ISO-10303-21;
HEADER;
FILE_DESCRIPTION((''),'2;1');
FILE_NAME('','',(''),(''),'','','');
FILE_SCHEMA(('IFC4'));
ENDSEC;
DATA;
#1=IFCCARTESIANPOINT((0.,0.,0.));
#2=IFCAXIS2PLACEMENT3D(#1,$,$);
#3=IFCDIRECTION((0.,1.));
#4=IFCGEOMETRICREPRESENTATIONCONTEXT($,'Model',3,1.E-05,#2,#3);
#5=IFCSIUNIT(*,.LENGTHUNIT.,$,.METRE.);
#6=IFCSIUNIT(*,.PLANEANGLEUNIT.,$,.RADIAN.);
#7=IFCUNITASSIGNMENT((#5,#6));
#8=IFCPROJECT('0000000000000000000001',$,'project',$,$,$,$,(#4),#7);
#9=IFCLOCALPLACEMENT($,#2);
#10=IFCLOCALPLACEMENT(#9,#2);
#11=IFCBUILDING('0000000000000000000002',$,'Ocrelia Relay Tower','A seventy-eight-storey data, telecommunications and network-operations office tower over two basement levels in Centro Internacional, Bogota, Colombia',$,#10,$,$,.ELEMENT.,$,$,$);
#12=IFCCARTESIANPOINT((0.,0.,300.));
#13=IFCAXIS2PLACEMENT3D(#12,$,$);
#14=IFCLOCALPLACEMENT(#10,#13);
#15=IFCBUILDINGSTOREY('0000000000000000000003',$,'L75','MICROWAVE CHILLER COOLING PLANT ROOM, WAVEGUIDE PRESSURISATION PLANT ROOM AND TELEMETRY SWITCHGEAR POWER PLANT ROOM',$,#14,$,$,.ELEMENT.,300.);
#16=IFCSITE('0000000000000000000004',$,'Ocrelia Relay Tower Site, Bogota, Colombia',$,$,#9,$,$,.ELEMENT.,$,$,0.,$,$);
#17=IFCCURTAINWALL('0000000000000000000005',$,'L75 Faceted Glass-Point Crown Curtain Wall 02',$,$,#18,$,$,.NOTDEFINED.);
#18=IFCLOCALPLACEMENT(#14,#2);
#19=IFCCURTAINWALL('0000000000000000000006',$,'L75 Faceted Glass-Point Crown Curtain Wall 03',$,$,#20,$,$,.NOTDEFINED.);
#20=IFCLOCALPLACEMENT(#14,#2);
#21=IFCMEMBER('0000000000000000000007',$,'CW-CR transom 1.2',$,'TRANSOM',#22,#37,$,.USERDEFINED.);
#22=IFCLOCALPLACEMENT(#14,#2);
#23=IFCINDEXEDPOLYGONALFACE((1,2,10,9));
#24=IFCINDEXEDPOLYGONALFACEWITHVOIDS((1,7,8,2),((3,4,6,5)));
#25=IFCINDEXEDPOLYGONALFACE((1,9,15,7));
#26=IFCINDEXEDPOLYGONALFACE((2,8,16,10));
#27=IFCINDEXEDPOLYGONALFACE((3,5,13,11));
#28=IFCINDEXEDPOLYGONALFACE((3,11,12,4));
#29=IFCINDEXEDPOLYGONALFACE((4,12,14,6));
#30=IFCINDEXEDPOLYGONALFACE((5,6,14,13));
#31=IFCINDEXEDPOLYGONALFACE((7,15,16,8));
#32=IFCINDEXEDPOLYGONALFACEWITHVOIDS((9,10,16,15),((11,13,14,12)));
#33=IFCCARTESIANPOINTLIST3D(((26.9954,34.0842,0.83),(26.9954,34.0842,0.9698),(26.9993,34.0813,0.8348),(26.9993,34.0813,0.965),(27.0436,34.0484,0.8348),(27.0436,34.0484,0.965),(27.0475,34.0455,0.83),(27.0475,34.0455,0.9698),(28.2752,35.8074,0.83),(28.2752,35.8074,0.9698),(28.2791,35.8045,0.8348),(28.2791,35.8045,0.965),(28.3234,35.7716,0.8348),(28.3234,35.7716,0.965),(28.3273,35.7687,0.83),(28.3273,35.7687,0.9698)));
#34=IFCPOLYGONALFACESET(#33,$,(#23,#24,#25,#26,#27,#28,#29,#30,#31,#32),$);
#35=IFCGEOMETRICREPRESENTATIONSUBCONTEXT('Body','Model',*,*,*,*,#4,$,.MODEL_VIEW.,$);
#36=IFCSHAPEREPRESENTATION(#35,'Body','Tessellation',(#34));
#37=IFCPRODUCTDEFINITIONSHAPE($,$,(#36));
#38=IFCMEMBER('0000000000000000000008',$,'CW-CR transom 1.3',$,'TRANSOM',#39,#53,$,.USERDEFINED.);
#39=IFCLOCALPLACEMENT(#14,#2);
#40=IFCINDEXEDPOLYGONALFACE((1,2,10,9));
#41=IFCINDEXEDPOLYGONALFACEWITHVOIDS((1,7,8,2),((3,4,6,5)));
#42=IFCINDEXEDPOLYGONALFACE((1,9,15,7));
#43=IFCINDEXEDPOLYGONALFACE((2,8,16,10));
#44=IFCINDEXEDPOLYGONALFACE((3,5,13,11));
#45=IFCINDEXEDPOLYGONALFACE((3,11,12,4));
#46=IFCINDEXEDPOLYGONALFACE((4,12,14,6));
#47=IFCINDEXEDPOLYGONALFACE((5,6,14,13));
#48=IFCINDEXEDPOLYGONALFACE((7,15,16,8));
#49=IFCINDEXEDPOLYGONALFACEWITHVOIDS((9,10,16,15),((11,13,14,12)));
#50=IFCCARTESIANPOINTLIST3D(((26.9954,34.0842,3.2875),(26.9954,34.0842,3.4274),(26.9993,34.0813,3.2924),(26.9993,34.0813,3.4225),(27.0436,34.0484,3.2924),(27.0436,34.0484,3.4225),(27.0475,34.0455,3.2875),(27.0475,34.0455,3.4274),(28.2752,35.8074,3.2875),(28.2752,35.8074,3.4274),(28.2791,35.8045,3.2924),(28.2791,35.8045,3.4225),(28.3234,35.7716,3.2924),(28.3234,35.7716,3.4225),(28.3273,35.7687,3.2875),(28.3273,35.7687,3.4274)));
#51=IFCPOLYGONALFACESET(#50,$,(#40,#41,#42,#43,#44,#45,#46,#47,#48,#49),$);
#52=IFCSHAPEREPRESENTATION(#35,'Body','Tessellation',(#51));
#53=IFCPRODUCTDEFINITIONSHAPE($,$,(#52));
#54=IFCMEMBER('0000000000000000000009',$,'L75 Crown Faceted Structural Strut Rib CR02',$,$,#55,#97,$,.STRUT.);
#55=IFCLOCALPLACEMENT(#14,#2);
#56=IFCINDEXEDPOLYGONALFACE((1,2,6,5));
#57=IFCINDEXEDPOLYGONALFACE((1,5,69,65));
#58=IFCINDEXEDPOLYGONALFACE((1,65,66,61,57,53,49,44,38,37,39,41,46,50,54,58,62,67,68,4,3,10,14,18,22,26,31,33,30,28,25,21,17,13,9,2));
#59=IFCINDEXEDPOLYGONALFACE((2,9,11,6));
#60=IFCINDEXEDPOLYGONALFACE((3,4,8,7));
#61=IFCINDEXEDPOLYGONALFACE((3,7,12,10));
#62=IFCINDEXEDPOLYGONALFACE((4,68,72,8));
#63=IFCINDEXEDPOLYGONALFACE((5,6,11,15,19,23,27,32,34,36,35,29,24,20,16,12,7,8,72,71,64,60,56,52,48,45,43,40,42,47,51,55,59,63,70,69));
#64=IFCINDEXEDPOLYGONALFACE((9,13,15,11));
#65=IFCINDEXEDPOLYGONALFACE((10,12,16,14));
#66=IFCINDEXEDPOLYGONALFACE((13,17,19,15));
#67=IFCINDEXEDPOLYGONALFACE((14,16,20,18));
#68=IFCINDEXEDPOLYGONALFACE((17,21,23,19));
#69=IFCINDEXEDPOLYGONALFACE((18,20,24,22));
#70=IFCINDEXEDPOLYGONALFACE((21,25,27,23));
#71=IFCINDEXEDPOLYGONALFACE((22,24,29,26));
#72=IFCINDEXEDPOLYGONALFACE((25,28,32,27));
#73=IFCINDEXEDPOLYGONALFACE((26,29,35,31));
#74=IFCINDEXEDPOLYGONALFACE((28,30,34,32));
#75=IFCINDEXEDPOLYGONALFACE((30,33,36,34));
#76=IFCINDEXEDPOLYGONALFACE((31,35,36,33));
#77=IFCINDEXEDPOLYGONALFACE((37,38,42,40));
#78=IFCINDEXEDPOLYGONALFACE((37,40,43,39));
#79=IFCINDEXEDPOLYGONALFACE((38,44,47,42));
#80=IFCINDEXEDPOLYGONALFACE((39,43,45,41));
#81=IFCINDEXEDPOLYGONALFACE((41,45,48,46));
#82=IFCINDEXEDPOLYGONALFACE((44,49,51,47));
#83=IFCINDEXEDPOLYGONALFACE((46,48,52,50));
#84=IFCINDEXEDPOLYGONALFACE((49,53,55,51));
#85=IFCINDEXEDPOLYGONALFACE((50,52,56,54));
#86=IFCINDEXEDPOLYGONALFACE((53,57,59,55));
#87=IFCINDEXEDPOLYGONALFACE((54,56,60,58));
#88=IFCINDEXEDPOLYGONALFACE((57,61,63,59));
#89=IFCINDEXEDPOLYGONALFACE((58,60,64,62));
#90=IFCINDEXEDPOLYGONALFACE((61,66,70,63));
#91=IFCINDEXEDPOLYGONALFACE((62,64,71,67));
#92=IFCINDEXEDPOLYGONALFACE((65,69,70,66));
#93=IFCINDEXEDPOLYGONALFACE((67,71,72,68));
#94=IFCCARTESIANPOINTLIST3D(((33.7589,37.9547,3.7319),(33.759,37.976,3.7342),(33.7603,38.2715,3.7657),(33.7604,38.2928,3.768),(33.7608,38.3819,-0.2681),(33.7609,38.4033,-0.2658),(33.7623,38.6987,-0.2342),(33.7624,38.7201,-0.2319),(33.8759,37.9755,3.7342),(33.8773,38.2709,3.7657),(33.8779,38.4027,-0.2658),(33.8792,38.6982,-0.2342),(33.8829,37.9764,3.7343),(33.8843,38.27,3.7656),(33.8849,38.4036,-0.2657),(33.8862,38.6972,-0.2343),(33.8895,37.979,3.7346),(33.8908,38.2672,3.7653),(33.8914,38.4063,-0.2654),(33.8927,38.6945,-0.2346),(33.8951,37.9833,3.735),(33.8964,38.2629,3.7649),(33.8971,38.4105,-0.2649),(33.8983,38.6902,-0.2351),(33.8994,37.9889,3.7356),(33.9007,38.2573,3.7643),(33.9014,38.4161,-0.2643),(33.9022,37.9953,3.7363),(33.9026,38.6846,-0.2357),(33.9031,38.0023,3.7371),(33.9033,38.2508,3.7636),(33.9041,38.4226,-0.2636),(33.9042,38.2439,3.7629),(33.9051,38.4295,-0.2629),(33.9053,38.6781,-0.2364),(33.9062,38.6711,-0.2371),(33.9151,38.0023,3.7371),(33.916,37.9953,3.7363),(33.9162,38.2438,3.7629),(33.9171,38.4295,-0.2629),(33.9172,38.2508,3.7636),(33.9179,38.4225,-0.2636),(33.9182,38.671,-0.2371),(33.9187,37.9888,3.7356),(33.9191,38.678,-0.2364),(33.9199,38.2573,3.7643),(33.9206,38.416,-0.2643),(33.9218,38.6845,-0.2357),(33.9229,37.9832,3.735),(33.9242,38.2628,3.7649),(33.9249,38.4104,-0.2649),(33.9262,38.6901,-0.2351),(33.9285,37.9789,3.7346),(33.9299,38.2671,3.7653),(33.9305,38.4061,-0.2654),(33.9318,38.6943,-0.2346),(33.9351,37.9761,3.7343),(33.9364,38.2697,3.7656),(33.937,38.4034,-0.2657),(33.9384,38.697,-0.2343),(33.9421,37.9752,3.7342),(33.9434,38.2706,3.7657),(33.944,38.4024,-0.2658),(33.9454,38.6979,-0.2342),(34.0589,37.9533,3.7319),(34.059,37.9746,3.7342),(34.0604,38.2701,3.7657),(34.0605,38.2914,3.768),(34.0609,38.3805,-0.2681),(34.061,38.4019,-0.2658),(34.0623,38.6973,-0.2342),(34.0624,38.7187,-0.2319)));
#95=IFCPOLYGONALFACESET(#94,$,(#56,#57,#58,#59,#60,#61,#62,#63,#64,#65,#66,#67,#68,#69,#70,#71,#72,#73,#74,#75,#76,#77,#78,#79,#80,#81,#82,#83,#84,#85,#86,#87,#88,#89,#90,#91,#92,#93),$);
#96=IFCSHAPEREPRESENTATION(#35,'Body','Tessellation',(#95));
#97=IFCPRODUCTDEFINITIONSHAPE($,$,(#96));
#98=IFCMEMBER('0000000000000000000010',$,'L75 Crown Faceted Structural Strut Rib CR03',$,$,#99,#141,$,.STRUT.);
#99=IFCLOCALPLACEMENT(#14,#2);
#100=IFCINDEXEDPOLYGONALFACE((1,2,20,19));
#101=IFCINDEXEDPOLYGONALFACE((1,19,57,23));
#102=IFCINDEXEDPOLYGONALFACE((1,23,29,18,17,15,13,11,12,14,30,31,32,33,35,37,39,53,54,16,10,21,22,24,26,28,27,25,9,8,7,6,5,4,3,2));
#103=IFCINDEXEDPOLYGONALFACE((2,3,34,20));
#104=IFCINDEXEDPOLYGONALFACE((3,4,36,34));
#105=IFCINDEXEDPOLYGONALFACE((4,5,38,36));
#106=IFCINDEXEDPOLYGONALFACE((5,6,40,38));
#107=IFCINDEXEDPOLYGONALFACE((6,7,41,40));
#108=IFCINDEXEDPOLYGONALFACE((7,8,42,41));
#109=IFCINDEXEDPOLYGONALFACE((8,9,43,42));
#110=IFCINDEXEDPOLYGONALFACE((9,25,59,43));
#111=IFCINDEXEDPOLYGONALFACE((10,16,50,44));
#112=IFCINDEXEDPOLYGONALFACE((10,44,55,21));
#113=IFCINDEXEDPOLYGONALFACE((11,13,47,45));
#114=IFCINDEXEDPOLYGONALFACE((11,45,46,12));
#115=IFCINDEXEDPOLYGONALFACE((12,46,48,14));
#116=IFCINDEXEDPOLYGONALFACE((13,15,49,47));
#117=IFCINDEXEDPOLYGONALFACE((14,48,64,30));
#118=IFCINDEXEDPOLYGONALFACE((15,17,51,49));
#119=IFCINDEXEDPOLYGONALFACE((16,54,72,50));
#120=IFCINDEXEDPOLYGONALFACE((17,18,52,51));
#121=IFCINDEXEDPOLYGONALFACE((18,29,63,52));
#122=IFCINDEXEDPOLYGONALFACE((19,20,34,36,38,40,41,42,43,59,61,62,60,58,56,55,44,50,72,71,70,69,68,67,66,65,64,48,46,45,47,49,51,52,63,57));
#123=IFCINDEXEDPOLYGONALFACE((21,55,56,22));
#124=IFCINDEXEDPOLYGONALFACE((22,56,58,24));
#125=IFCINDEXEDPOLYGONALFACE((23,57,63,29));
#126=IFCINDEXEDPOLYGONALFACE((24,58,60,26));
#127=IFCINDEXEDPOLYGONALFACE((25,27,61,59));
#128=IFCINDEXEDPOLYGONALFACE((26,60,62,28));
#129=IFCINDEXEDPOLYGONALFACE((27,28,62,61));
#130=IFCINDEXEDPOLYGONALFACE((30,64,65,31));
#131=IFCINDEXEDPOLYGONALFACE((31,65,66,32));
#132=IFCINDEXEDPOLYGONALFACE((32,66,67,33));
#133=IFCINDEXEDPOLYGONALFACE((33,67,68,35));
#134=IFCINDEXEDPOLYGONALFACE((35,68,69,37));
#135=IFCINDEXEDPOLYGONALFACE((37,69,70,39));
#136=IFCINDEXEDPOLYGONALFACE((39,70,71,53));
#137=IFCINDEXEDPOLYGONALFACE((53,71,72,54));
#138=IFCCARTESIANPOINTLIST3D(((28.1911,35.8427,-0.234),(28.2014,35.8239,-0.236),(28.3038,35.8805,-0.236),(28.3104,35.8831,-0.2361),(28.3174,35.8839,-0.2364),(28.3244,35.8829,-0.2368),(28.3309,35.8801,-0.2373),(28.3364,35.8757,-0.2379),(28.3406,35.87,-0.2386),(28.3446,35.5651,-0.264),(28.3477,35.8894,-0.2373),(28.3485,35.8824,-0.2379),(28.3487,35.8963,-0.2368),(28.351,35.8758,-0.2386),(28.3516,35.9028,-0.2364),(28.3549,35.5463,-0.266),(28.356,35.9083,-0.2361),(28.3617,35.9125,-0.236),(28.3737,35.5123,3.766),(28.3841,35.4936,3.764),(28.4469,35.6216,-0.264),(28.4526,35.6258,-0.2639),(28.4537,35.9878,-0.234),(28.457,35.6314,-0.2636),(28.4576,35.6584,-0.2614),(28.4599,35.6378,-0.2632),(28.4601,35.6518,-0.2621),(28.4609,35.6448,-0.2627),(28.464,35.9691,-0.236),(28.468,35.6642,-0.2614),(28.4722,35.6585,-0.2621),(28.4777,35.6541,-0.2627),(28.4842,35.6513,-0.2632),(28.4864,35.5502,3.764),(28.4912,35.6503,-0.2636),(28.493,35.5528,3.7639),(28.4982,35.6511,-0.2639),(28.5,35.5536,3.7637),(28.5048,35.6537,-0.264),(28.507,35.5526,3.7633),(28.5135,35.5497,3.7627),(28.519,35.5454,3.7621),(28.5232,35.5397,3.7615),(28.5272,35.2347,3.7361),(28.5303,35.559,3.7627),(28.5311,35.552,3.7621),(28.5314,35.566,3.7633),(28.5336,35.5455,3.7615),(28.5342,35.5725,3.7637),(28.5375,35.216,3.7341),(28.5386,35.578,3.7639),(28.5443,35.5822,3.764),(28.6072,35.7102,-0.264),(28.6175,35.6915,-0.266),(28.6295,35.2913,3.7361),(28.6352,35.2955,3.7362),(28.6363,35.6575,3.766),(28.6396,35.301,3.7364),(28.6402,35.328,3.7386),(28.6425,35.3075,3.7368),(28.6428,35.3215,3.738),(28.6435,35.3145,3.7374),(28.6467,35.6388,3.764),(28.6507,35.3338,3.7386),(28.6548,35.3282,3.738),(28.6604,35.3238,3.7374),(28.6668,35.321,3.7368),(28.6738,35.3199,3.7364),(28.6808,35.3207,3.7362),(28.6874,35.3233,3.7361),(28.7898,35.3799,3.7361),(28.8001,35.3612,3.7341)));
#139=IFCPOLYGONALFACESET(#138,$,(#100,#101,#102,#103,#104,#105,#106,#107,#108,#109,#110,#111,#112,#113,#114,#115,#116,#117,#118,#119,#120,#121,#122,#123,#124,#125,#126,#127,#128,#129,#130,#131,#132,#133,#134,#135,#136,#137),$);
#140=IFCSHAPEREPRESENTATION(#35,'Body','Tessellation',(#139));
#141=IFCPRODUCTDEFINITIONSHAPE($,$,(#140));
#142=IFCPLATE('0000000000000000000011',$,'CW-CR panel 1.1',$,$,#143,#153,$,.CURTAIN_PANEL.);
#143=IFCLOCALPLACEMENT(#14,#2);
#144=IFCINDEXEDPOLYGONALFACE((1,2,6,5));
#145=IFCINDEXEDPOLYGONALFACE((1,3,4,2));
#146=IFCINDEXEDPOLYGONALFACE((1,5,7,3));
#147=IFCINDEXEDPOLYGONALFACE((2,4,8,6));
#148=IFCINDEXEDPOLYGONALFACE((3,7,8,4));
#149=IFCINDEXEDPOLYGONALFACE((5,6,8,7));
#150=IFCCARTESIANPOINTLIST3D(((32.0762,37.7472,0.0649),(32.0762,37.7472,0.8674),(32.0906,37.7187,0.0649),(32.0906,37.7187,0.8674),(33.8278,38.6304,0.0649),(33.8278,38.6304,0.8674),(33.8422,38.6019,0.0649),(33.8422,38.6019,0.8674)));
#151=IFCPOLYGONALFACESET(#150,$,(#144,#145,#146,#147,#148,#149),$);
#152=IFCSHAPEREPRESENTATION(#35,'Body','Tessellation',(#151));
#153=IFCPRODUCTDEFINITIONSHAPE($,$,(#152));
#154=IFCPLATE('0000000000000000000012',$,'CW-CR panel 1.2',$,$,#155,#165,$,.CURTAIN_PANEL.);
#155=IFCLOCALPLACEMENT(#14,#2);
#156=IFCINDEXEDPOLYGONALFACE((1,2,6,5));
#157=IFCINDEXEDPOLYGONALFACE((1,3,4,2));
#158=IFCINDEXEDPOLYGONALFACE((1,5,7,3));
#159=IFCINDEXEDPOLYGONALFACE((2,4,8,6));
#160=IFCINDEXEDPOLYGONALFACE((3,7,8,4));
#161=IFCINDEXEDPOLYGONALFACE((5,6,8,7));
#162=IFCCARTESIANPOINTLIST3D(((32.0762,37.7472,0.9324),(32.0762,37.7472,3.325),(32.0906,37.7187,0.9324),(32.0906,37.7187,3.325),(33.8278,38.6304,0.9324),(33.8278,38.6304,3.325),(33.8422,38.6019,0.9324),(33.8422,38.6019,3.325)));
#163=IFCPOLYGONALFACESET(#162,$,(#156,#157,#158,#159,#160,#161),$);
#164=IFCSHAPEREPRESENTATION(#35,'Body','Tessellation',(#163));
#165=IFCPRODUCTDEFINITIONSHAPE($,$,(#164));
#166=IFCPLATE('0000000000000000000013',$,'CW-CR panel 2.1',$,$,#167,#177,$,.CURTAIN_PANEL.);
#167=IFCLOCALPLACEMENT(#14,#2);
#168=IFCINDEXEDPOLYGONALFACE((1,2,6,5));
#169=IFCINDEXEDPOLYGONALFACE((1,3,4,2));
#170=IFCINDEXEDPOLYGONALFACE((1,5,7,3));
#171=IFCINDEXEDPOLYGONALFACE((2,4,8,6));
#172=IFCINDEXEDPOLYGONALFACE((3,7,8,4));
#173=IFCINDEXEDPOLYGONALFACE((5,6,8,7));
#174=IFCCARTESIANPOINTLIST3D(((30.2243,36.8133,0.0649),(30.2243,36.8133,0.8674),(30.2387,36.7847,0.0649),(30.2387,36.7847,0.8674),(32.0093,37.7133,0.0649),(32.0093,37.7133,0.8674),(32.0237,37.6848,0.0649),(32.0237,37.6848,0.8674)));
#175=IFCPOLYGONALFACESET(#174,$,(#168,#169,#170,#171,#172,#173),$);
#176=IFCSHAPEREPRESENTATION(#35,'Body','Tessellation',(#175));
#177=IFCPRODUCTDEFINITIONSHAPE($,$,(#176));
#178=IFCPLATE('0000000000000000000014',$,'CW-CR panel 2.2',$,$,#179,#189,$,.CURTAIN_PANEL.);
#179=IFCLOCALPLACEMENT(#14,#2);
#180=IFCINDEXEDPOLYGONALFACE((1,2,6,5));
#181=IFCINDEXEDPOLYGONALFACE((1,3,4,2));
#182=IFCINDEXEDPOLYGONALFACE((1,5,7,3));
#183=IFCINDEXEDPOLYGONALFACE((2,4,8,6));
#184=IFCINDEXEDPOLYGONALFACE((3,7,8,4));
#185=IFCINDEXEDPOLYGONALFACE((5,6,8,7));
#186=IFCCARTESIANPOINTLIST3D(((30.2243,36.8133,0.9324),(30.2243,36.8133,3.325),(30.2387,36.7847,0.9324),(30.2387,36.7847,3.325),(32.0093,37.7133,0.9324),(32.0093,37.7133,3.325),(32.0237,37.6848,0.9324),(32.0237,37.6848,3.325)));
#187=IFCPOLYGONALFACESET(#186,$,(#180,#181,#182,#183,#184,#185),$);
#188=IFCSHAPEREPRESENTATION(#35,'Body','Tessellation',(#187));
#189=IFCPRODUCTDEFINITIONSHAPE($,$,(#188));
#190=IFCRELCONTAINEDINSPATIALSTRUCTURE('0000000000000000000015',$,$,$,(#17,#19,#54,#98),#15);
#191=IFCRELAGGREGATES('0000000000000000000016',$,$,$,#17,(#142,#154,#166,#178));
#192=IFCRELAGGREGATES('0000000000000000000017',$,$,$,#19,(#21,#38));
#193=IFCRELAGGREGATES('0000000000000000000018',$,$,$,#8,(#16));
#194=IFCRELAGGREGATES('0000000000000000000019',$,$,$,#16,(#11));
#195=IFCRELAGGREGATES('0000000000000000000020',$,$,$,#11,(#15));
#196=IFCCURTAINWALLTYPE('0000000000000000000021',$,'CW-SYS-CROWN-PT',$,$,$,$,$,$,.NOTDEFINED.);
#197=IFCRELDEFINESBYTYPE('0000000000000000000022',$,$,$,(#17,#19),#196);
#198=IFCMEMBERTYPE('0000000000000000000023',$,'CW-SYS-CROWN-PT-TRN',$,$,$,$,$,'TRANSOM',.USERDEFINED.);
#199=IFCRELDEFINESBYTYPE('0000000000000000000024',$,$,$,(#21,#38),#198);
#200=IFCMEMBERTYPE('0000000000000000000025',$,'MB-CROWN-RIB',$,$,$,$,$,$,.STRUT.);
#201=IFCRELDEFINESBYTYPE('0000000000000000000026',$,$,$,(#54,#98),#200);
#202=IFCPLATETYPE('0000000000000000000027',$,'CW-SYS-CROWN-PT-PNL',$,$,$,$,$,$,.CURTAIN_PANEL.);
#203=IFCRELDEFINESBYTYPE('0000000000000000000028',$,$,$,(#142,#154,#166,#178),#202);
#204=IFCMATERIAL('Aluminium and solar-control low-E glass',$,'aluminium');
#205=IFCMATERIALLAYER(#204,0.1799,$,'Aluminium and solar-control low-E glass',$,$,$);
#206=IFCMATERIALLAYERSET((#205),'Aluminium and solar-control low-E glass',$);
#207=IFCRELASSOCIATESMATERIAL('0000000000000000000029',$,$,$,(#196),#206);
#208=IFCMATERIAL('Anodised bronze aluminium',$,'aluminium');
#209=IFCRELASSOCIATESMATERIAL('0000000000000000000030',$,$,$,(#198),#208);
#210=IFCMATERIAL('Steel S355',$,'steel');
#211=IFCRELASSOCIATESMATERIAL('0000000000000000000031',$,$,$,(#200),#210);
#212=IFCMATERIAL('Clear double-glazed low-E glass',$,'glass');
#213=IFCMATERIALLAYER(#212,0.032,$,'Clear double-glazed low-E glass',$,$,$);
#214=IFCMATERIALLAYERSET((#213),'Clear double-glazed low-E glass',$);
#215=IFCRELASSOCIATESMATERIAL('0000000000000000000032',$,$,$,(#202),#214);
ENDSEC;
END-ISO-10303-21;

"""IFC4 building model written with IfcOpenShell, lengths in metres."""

from ifc_helpers import new_model, si_unit, direction, frame, origin, origin_2d, place, context, subcontext, project, spatial, rectangle, hollow_rectangle, i_section, extrude, material, layer, layer_set, material_profile, profile_set, type_object, element, aggregate, save


model = new_model("IFC4")

# Units and contexts
model_context = context("Model", 3, precision=1e-05, world=origin(), true_north=direction((0.0, 1.0)))
body_context = subcontext(model_context, "Body", "Model", "MODEL_VIEW")
ifc_project = project(units=[si_unit("LENGTHUNIT", "METRE"), si_unit("PLANEANGLEUNIT", "RADIAN")], contexts=[model_context])

# Site, building, storey
site_placement = place(None, origin())
site = spatial("IfcSite", under=ifc_project, at=site_placement, Name="Ocrelia Relay Tower Site, Bogota, Colombia", CompositionType="ELEMENT", RefElevation=0.0)
building_placement = place(site_placement, origin())
building = spatial("IfcBuilding", under=site, at=building_placement, Name="Ocrelia Relay Tower", Description="A seventy-eight-storey data, telecommunications and network-operations office tower over two basement levels in Centro Internacional, Bogota, Colombia", CompositionType="ELEMENT")
storey_placement = place(building_placement, frame((0.0, 0.0, 300.0)))
storey = spatial("IfcBuildingStorey", under=building, at=storey_placement, Name="L75", Description="MICROWAVE CHILLER COOLING PLANT ROOM, WAVEGUIDE PRESSURISATION PLANT ROOM AND TELEMETRY SWITCHGEAR POWER PLANT ROOM", CompositionType="ELEMENT", Elevation=300.0)

# Shared definitions
ifc_material_1 = material(Name="Steel S355", Category="steel")

# Shared definitions
ifc_material_2 = material(Name="Aluminium and solar-control low-E glass", Category="aluminium")
ifc_layer_1 = layer(ifc_material_2, 0.1799, Name="Aluminium and solar-control low-E glass")
ifc_layer_set_1 = layer_set([ifc_layer_1], Name="Aluminium and solar-control low-E glass")
curtain_wall_type = type_object("IfcCurtainWallType", Name="CW-SYS-CROWN-PT", PredefinedType="NOTDEFINED", material=ifc_layer_set_1)
ifc_material_3 = material(Name="Anodised bronze aluminium", Category="aluminium")

# Curtain wall
curtain_wall_1_placement = place(storey_placement, origin())
curtain_wall_1 = element("IfcCurtainWall", 1, at=curtain_wall_1_placement, inside=storey, type_object=curtain_wall_type, Name="L75 Faceted Glass-Point Crown Curtain Wall 02", PredefinedType="NOTDEFINED")

# Curtain wall
curtain_wall_2_placement = place(storey_placement, origin())
curtain_wall_2 = element("IfcCurtainWall", 2, at=curtain_wall_2_placement, inside=storey, type_object=curtain_wall_type, Name="L75 Faceted Glass-Point Crown Curtain Wall 03", PredefinedType="NOTDEFINED")

# Members
ifc_material_profile_1 = material_profile(ifc_material_3, hollow_rectangle(XDim=0.0649, YDim=0.1399, WallThickness=0.0049, at=origin_2d()), Name="CW-TRN-140x65")
ifc_profile_set_1 = profile_set([ifc_material_profile_1], Name="Anodised bronze aluminium")
member_type_1 = type_object("IfcMemberType", Name="CW-SYS-CROWN-PT-TRN", ElementType="TRANSOM", PredefinedType="USERDEFINED", material=ifc_profile_set_1)
member_1_placement = place(storey_placement, frame((28.3013, 35.7881, 0.8999), z_axis=(-0.596244, -0.802803, 0.0), x_axis=(0.802803, -0.596244, 0.0)))
member_1 = element("IfcMember", 3, at=member_1_placement, type_object=member_type_1, Name="CW-CR transom 1.2", ObjectType="TRANSOM", PredefinedType="USERDEFINED", context=body_context, shape_type="SweptSolid", body=[
    extrude(hollow_rectangle(XDim=0.0649, YDim=0.1399, WallThickness=0.0049, at=origin_2d()), origin(), (0.0, 0.0, 1.0), 2.1465),
])
member_2_placement = place(storey_placement, frame((28.3013, 35.7881, 3.3574), z_axis=(-0.596244, -0.802803, 0.0), x_axis=(0.802803, -0.596244, 0.0)))
member_2 = element("IfcMember", 4, at=member_2_placement, type_object=member_type_1, Name="CW-CR transom 1.3", ObjectType="TRANSOM", PredefinedType="USERDEFINED", context=body_context, shape_type="SweptSolid", body=[
    extrude(hollow_rectangle(XDim=0.0649, YDim=0.1399, WallThickness=0.0049, at=origin_2d()), origin(), (0.0, 0.0, 1.0), 2.1465),
])

# Members
ifc_material_profile_2 = material_profile(ifc_material_1, i_section(OverallWidth=0.3, OverallDepth=0.3401, WebThickness=0.012, FlangeThickness=0.0215, FilletRadius=0.0271, at=origin_2d()), Name="HEB 340")
ifc_profile_set_2 = profile_set([ifc_material_profile_2], Name="Steel S355")
member_type_2 = type_object("IfcMemberType", Name="MB-CROWN-RIB", PredefinedType="STRUT", material=ifc_profile_set_2)
member_3_placement = place(storey_placement, frame((33.9116, 38.5503, -0.25), z_axis=(-0.000486, -0.106207, 0.994344), x_axis=(0.99999, -0.004571, 0.0)))
element("IfcMember", 5, at=member_3_placement, inside=storey, type_object=member_type_2, Name="L75 Crown Faceted Structural Strut Rib CR02", PredefinedType="STRUT", context=body_context, shape_type="SweptSolid", body=[
    extrude(i_section(OverallWidth=0.3, OverallDepth=0.3401, WebThickness=0.012, FlangeThickness=0.0215, FilletRadius=0.0271, at=origin_2d()), origin(), (0.0, 0.0, 1.0), 4.0227),
])
member_4_placement = place(storey_placement, frame((28.4043, 35.7671, -0.25), z_axis=(0.045452, -0.082215, 0.995578), x_axis=(0.875162, 0.48383, 0.0)))
element("IfcMember", 6, at=member_4_placement, inside=storey, type_object=member_type_2, Name="L75 Crown Faceted Structural Strut Rib CR03", PredefinedType="STRUT", context=body_context, shape_type="SweptSolid", body=[
    extrude(i_section(OverallWidth=0.3, OverallDepth=0.3401, WebThickness=0.012, FlangeThickness=0.0215, FilletRadius=0.0271, at=origin_2d()), origin(), (0.0, 0.0, 1.0), 4.0178),
])

# Plates
ifc_material_4 = material(Name="Clear double-glazed low-E glass", Category="glass")
ifc_layer_2 = layer(ifc_material_4, 0.032, Name="Clear double-glazed low-E glass")
ifc_layer_set_2 = layer_set([ifc_layer_2], Name="Clear double-glazed low-E glass")
plate_type = type_object("IfcPlateType", Name="CW-SYS-CROWN-PT-PNL", PredefinedType="CURTAIN_PANEL", material=ifc_layer_set_2)
plate_1_placement = place(storey_placement, frame((32.9592, 38.1746, 0.0649), z_axis=(0.0, 0.0, 1.0), x_axis=(-0.892911, -0.450232, 0.0)))
plate_1 = element("IfcPlate", 7, at=plate_1_placement, type_object=plate_type, Name="CW-CR panel 1.1", PredefinedType="CURTAIN_PANEL", context=body_context, shape_type="SweptSolid", body=[
    extrude(rectangle(XDim=1.9617, YDim=0.032, at=origin_2d()), origin(), (0.0, 0.0, 1.0), 0.8025),
])
plate_2_placement = place(storey_placement, frame((32.9592, 38.1746, 0.9324), z_axis=(0.0, 0.0, 1.0), x_axis=(-0.892911, -0.450232, 0.0)))
plate_2 = element("IfcPlate", 8, at=plate_2_placement, type_object=plate_type, Name="CW-CR panel 1.2", PredefinedType="CURTAIN_PANEL", context=body_context, shape_type="SweptSolid", body=[
    extrude(rectangle(XDim=1.9617, YDim=0.032, at=origin_2d()), origin(), (0.0, 0.0, 1.0), 2.3926),
])
plate_3_placement = place(storey_placement, frame((31.124, 37.249, 0.0649), z_axis=(0.0, 0.0, 1.0), x_axis=(-0.892911, -0.450232, 0.0)))
plate_3 = element("IfcPlate", 9, at=plate_3_placement, type_object=plate_type, Name="CW-CR panel 2.1", PredefinedType="CURTAIN_PANEL", context=body_context, shape_type="SweptSolid", body=[
    extrude(rectangle(XDim=1.999, YDim=0.032, at=origin_2d()), origin(), (0.0, 0.0, 1.0), 0.8025),
])
plate_4_placement = place(storey_placement, frame((31.124, 37.249, 0.9324), z_axis=(0.0, 0.0, 1.0), x_axis=(-0.892911, -0.450232, 0.0)))
plate_4 = element("IfcPlate", 10, at=plate_4_placement, type_object=plate_type, Name="CW-CR panel 2.2", PredefinedType="CURTAIN_PANEL", context=body_context, shape_type="SweptSolid", body=[
    extrude(rectangle(XDim=1.999, YDim=0.032, at=origin_2d()), origin(), (0.0, 0.0, 1.0), 2.3926),
])
aggregate(curtain_wall_1, [plate_1, plate_2, plate_3, plate_4])
aggregate(curtain_wall_2, [member_1, member_2])

save(model, "model.ifc")
